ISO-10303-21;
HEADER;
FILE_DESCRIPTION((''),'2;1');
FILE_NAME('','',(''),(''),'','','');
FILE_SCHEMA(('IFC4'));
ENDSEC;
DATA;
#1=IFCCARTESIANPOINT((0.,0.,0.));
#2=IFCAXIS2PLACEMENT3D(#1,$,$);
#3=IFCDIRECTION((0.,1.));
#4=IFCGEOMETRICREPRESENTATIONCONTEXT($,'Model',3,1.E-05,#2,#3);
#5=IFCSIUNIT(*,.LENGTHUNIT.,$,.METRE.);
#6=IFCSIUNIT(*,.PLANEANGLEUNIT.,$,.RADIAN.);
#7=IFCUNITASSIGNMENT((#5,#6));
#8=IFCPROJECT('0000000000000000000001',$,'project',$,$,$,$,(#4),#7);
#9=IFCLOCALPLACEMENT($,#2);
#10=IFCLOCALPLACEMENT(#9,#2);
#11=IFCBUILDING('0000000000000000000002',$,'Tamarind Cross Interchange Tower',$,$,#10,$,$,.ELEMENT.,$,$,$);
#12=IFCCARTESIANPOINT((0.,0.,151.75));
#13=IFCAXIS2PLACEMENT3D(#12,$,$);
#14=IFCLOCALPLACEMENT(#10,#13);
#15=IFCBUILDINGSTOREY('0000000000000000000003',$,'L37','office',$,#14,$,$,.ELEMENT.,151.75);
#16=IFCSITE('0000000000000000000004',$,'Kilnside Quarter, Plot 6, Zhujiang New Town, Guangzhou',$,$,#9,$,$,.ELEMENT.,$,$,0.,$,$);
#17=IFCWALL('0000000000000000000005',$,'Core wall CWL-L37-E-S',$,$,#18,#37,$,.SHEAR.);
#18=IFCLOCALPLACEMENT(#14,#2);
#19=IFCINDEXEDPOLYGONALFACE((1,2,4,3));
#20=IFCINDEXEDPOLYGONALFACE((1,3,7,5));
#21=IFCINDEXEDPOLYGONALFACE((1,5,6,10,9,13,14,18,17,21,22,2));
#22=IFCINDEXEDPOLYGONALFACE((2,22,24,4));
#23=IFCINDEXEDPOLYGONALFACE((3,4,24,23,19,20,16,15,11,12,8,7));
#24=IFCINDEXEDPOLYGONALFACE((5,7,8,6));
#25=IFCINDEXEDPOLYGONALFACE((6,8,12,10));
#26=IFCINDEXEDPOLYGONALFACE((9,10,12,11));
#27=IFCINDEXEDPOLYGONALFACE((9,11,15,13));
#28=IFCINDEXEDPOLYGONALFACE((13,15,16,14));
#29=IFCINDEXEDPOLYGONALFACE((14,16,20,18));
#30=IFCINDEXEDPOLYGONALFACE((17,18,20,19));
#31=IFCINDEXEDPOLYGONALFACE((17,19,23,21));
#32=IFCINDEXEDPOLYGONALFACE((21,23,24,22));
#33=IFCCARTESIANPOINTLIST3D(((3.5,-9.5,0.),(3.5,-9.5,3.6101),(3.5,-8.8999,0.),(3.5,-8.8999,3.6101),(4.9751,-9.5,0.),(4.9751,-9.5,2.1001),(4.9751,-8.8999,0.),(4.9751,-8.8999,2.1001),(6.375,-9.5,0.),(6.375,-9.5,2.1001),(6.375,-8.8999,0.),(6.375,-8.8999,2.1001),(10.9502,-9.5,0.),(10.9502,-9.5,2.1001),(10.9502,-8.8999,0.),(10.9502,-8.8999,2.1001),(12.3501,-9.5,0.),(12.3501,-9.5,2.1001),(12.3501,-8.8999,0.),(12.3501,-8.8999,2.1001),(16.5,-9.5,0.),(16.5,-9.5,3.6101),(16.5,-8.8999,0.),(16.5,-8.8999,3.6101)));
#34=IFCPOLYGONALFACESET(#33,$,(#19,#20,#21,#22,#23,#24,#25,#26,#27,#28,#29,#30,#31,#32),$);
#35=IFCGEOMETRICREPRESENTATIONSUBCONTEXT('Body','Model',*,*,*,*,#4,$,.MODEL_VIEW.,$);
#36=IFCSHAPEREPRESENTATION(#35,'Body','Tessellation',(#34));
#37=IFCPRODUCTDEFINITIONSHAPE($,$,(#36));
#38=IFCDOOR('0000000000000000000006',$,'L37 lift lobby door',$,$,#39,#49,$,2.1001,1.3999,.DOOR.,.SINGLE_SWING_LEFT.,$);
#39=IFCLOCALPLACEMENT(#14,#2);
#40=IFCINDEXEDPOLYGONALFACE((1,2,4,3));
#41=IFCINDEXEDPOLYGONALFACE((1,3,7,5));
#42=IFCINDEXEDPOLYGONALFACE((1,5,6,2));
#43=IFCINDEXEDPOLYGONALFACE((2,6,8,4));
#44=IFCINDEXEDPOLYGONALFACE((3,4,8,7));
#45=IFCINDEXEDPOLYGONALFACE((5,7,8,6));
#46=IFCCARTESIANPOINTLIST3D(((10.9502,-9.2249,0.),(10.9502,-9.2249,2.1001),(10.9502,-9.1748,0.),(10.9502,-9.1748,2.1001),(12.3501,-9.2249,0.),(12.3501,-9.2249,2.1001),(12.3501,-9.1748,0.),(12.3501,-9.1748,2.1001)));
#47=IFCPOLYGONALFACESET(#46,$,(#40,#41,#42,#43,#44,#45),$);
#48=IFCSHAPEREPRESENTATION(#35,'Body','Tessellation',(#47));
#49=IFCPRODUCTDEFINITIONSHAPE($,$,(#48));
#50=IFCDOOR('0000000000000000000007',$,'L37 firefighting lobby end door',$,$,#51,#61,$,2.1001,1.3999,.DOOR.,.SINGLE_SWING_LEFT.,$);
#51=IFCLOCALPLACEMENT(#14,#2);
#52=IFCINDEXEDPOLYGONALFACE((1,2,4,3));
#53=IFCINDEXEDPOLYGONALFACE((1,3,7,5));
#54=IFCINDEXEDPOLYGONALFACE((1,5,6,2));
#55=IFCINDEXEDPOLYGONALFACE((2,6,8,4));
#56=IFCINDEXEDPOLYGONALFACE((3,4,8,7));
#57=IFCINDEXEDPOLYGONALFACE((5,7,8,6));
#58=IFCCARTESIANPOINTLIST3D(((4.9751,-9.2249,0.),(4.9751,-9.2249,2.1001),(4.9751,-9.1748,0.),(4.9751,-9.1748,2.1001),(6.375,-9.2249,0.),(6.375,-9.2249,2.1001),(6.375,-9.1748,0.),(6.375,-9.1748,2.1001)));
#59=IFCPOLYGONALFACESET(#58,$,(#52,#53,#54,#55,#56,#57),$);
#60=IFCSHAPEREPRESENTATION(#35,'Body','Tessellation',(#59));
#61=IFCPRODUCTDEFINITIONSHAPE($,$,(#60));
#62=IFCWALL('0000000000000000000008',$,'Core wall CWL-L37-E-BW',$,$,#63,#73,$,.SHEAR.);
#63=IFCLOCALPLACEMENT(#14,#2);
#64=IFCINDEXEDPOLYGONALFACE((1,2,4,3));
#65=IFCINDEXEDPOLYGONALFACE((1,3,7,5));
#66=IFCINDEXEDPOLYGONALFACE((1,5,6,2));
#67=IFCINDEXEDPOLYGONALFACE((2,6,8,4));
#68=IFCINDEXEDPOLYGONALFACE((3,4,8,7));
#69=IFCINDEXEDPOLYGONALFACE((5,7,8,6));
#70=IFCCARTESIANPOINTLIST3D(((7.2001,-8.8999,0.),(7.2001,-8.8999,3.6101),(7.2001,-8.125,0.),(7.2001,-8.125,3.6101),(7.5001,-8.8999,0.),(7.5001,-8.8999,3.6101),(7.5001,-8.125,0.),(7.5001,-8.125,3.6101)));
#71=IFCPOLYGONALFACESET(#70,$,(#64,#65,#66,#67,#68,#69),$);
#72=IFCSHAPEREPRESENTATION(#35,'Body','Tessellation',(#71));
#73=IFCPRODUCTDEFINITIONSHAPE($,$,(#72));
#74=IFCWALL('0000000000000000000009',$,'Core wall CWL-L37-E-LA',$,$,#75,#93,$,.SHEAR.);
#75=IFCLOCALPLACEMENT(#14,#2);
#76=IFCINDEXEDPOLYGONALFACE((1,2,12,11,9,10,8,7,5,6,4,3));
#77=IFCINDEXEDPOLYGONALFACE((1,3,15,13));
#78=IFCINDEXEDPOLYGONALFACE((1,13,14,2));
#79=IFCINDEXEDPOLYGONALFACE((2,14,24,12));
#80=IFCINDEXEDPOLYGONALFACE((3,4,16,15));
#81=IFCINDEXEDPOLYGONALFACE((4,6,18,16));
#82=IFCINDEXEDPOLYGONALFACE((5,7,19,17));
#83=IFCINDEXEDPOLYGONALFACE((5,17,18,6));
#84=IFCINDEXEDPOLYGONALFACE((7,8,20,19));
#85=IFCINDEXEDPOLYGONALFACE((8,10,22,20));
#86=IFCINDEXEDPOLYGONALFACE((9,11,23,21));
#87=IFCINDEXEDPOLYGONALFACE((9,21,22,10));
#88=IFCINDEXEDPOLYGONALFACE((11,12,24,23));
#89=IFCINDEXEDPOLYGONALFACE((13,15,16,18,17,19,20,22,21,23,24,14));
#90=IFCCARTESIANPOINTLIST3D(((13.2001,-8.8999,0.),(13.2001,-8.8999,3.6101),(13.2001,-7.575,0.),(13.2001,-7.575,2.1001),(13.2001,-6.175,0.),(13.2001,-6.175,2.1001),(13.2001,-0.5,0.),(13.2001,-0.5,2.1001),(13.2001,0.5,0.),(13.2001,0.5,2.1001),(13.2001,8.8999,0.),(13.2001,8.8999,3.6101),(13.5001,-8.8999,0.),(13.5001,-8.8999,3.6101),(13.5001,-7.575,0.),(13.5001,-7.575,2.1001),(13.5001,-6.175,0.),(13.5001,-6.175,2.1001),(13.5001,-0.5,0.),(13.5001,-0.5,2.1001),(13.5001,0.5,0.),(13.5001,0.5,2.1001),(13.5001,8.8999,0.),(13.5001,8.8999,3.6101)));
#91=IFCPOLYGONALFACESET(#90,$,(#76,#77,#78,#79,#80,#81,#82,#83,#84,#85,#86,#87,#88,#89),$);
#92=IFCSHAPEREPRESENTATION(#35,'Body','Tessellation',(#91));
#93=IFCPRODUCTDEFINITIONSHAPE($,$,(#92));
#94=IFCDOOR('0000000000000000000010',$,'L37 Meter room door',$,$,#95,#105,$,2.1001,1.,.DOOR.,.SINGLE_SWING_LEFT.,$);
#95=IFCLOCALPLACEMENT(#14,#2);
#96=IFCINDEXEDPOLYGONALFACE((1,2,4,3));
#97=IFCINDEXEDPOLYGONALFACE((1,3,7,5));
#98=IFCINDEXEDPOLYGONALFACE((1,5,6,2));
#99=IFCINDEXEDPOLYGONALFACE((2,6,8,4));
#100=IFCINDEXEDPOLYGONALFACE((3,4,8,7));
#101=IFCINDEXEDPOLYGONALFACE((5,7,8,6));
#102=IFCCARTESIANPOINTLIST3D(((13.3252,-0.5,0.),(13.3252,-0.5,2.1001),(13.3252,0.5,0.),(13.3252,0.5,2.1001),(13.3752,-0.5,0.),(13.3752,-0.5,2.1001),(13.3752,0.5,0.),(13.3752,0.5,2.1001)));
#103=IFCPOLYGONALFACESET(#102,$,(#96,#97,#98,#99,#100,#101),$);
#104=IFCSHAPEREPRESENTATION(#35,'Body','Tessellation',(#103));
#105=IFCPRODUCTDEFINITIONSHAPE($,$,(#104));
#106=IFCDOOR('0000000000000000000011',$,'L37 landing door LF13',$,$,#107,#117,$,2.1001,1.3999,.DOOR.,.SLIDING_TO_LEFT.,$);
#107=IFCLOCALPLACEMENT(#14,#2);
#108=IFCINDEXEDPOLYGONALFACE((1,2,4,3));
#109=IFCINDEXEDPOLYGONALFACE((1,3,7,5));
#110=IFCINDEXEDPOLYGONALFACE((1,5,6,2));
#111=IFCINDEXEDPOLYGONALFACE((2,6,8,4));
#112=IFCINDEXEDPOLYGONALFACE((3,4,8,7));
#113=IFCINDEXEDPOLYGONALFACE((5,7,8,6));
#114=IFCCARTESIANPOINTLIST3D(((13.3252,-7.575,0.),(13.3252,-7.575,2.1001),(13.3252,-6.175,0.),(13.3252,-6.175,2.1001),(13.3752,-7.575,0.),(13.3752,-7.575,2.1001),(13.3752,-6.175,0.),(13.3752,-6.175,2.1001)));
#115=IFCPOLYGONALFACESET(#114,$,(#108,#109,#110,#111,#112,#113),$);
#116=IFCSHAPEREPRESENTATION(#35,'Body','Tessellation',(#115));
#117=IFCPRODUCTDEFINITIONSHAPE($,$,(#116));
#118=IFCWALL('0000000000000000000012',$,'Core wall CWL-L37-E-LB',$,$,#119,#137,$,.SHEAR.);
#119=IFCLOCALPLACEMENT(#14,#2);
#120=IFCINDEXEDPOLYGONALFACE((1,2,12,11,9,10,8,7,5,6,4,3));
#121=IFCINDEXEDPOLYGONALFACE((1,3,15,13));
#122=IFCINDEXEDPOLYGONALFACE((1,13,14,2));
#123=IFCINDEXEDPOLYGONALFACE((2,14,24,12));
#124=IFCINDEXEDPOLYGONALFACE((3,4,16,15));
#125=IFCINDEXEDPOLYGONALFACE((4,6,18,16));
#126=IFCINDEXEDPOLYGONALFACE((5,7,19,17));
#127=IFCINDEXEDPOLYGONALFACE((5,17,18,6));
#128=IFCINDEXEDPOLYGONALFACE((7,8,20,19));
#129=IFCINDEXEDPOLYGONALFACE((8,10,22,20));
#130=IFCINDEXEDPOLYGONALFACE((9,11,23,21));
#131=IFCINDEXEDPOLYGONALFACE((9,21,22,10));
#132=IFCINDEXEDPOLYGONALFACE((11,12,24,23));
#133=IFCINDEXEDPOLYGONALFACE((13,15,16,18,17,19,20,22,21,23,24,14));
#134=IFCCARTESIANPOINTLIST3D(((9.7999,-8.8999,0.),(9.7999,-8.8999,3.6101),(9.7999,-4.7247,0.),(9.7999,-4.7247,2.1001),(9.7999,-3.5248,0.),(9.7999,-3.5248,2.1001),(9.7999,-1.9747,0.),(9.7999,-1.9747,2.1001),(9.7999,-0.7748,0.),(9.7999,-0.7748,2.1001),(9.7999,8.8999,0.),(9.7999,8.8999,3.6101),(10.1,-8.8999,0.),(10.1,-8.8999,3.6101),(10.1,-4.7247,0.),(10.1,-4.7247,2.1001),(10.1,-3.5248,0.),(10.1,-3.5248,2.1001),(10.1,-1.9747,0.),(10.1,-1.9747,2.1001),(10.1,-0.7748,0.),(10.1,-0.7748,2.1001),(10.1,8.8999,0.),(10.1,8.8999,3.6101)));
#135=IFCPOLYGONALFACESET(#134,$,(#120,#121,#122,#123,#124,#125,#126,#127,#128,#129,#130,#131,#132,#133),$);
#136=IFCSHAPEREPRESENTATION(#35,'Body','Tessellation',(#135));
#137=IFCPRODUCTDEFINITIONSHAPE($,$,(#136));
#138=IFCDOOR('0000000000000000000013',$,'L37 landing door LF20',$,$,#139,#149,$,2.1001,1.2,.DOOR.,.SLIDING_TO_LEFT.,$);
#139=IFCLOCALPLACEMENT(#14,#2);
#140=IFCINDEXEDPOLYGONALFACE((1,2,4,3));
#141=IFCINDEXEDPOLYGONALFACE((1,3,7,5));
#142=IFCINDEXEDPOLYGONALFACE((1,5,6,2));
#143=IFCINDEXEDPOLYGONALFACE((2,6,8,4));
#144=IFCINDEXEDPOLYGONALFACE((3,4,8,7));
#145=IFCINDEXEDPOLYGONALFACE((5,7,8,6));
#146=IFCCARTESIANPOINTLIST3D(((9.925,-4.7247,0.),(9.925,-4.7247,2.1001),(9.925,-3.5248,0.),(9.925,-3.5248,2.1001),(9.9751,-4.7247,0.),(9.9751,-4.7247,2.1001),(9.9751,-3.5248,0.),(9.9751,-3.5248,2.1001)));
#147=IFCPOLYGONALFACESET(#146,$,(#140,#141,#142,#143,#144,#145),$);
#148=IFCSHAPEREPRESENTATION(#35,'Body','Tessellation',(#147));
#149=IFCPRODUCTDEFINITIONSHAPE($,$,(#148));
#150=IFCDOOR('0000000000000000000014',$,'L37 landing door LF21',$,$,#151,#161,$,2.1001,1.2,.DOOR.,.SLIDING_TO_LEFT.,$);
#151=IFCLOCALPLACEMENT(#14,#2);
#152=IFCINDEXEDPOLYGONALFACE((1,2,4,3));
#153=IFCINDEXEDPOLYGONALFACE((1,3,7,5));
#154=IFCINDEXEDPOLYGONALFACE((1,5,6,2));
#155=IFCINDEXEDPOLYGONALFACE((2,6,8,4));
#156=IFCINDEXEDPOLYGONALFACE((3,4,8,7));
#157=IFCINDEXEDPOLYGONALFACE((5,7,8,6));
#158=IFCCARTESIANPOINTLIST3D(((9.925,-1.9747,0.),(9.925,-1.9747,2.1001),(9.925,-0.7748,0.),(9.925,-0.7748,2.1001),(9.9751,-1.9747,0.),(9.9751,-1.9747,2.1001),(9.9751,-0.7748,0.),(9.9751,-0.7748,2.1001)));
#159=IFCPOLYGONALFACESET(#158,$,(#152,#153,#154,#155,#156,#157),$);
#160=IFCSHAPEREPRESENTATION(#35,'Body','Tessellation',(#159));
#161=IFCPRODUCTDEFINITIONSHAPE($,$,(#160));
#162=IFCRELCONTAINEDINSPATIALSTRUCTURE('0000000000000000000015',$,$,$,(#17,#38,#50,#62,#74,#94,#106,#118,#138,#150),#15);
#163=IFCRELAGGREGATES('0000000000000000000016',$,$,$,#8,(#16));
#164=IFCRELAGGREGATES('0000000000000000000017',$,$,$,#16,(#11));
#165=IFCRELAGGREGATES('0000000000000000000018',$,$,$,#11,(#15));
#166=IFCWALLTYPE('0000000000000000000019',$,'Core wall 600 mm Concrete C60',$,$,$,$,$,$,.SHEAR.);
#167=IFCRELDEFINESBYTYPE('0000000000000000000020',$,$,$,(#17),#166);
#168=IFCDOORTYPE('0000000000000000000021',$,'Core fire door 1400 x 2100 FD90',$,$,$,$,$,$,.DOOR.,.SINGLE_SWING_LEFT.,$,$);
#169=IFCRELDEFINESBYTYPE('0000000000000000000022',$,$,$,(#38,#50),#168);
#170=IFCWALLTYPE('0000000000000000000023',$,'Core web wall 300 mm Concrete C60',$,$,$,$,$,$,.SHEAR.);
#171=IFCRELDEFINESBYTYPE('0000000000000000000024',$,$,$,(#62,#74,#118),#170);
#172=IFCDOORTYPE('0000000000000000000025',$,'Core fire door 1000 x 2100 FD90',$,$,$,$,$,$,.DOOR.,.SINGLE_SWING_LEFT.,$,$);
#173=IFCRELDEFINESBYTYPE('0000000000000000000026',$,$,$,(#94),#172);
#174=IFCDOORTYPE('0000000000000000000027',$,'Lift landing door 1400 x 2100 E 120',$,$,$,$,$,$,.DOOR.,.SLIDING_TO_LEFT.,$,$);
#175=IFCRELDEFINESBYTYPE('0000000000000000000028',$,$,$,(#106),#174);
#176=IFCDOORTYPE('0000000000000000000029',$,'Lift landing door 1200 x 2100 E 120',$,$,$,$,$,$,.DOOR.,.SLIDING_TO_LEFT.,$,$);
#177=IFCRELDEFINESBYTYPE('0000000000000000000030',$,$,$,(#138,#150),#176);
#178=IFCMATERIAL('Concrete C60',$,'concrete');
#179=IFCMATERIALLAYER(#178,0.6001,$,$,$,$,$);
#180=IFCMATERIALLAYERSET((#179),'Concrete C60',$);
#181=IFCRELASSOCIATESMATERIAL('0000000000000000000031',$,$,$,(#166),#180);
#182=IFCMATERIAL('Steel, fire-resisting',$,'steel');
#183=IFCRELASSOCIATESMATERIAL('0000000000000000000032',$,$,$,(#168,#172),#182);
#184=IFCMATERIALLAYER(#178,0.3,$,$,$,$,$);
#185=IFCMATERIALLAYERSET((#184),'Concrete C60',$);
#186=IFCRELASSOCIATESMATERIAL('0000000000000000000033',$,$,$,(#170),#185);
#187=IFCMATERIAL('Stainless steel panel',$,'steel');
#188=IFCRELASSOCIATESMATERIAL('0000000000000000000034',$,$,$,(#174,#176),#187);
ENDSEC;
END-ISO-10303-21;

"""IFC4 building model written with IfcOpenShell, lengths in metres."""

from ifc_helpers import new_model, si_unit, direction, frame, frame_2d, origin, place, context, subcontext, project, spatial, rectangle, extrude, material, layer, layer_set, type_object, element, fill, save


model = new_model("IFC4")

# Units and contexts
model_context = context("Model", 3, precision=1e-05, world=origin(), true_north=direction((0.0, 1.0)))
body_context = subcontext(model_context, "Body", "Model", "MODEL_VIEW")
ifc_project = project(units=[si_unit("LENGTHUNIT", "METRE"), si_unit("PLANEANGLEUNIT", "RADIAN")], contexts=[model_context])

# Site, building, storey
site_placement = place(None, origin())
site = spatial("IfcSite", under=ifc_project, at=site_placement, Name="Kilnside Quarter, Plot 6, Zhujiang New Town, Guangzhou", CompositionType="ELEMENT", RefElevation=0.0)
building_placement = place(site_placement, origin())
building = spatial("IfcBuilding", under=site, at=building_placement, Name="Tamarind Cross Interchange Tower", CompositionType="ELEMENT")
storey_placement = place(building_placement, frame((0.0, 0.0, 151.75)))
storey = spatial("IfcBuildingStorey", under=building, at=storey_placement, Name="L37", Description="office", CompositionType="ELEMENT", Elevation=151.75)

# Wall, openings, doors
ifc_material_1 = material(Name="Concrete C60", Category="concrete")
ifc_layer_1 = layer(ifc_material_1, 0.6001)
ifc_layer_set_1 = layer_set([ifc_layer_1], Name="Concrete C60")
wall_type_1 = type_object("IfcWallType", Name="Core wall 600 mm Concrete C60", PredefinedType="SHEAR", material=ifc_layer_set_1)
wall_1_placement = place(storey_placement, frame((16.5, -9.2, 0.0), z_axis=(0.0, 0.0, 1.0), x_axis=(-1.0, 0.0, 0.0)))
wall_1 = element("IfcWall", 1, at=wall_1_placement, inside=storey, type_object=wall_type_1, Name="Core wall CWL-L37-E-S", PredefinedType="SHEAR", context=body_context, shape_type="SweptSolid", body=[
    extrude(rectangle(XDim=13.0, YDim=0.6001, at=frame_2d((6.5, 0.0))), origin(), (0.0, 0.0, 1.0), 3.6101),
])
opening_1_placement = place(wall_1_placement, frame((4.1499, 0.0, 0.0)))
opening_1 = element("IfcOpeningElement", 2, at=opening_1_placement, cuts=wall_1, PredefinedType="OPENING", context=body_context, shape_type="SweptSolid", body=[
    extrude(rectangle(XDim=1.3999, YDim=2.1001, at=frame_2d((0.7, 1.05))), frame((0.0, 0.3101, 0.0), z_axis=(0.0, -1.0, 0.0), x_axis=(1.0, 0.0, 0.0)), (0.0, 0.0, 1.0), 0.6201),
])
opening_2_placement = place(wall_1_placement, frame((10.125, 0.0, 0.0)))
opening_2 = element("IfcOpeningElement", 3, at=opening_2_placement, cuts=wall_1, PredefinedType="OPENING", context=body_context, shape_type="SweptSolid", body=[
    extrude(rectangle(XDim=1.3999, YDim=2.1001, at=frame_2d((0.7, 1.05))), frame((0.0, 0.3101, 0.0), z_axis=(0.0, -1.0, 0.0), x_axis=(1.0, 0.0, 0.0)), (0.0, 0.0, 1.0), 0.6201),
])
ifc_material_2 = material(Name="Steel, fire-resisting", Category="steel")
door_type_1 = type_object("IfcDoorType", Name="Core fire door 1400 x 2100 FD90", OperationType="SINGLE_SWING_LEFT", PredefinedType="DOOR", material=ifc_material_2)
door_1_placement = place(opening_1_placement, origin())
door_1 = element("IfcDoor", 4, at=door_1_placement, inside=storey, type_object=door_type_1, Name="L37 lift lobby door", OperationType="SINGLE_SWING_LEFT", OverallHeight=2.1001, OverallWidth=1.3999, PredefinedType="DOOR", context=body_context, shape_type="SweptSolid", body=[
    extrude(rectangle(XDim=1.3999, YDim=2.1001, at=frame_2d((0.7, 1.05))), frame((0.0, 0.0249, 0.0), z_axis=(0.0, -1.0, 0.0), x_axis=(1.0, 0.0, 0.0)), (0.0, 0.0, 1.0), 0.05),
])
fill(opening_1, door_1)
door_2_placement = place(opening_2_placement, origin())
door_2 = element("IfcDoor", 5, at=door_2_placement, inside=storey, type_object=door_type_1, Name="L37 firefighting lobby end door", OperationType="SINGLE_SWING_LEFT", OverallHeight=2.1001, OverallWidth=1.3999, PredefinedType="DOOR", context=body_context, shape_type="SweptSolid", body=[
    extrude(rectangle(XDim=1.3999, YDim=2.1001, at=frame_2d((0.7, 1.05))), frame((0.0, 0.0249, 0.0), z_axis=(0.0, -1.0, 0.0), x_axis=(1.0, 0.0, 0.0)), (0.0, 0.0, 1.0), 0.05),
])
fill(opening_2, door_2)

# Wall
ifc_layer_2 = layer(ifc_material_1, 0.3)
ifc_layer_set_2 = layer_set([ifc_layer_2], Name="Concrete C60")
wall_type_2 = type_object("IfcWallType", Name="Core web wall 300 mm Concrete C60", PredefinedType="SHEAR", material=ifc_layer_set_2)
wall_2_placement = place(storey_placement, frame((7.3501, -8.8999, 0.0), z_axis=(0.0, 0.0, 1.0), x_axis=(0.0, 1.0, 0.0)))
element("IfcWall", 6, at=wall_2_placement, inside=storey, type_object=wall_type_2, Name="Core wall CWL-L37-E-BW", PredefinedType="SHEAR", context=body_context, shape_type="SweptSolid", body=[
    extrude(rectangle(XDim=0.7749, YDim=0.3, at=frame_2d((0.3875, 0.0))), origin(), (0.0, 0.0, 1.0), 3.6101),
])

# Walls, openings, doors
wall_3_placement = place(storey_placement, frame((13.3501, -8.8999, 0.0), z_axis=(0.0, 0.0, 1.0), x_axis=(0.0, 1.0, 0.0)))
wall_3 = element("IfcWall", 7, at=wall_3_placement, inside=storey, type_object=wall_type_2, Name="Core wall CWL-L37-E-LA", PredefinedType="SHEAR", context=body_context, shape_type="SweptSolid", body=[
    extrude(rectangle(XDim=17.7998, YDim=0.3, at=frame_2d((8.8999, 0.0))), origin(), (0.0, 0.0, 1.0), 3.6101),
])
opening_3_placement = place(wall_3_placement, frame((1.325, 0.0, 0.0)))
opening_3 = element("IfcOpeningElement", 8, at=opening_3_placement, cuts=wall_3, PredefinedType="OPENING", context=body_context, shape_type="SweptSolid", body=[
    extrude(rectangle(XDim=1.3999, YDim=2.1001, at=frame_2d((0.7, 1.05))), frame((0.0, 0.1599, 0.0), z_axis=(0.0, -1.0, 0.0), x_axis=(1.0, 0.0, 0.0)), (0.0, 0.0, 1.0), 0.3201),
])
opening_4_placement = place(wall_3_placement, frame((8.3999, 0.0, 0.0)))
opening_4 = element("IfcOpeningElement", 9, at=opening_4_placement, cuts=wall_3, PredefinedType="OPENING", context=body_context, shape_type="SweptSolid", body=[
    extrude(rectangle(XDim=1.0, YDim=2.1001, at=frame_2d((0.5, 1.05))), frame((0.0, 0.1599, 0.0), z_axis=(0.0, -1.0, 0.0), x_axis=(1.0, 0.0, 0.0)), (0.0, 0.0, 1.0), 0.3201),
])
door_type_2 = type_object("IfcDoorType", Name="Core fire door 1000 x 2100 FD90", OperationType="SINGLE_SWING_LEFT", PredefinedType="DOOR", material=ifc_material_2)
door_3_placement = place(opening_4_placement, origin())
door_3 = element("IfcDoor", 10, at=door_3_placement, inside=storey, type_object=door_type_2, Name="L37 Meter room door", OperationType="SINGLE_SWING_LEFT", OverallHeight=2.1001, OverallWidth=1.0, PredefinedType="DOOR", context=body_context, shape_type="SweptSolid", body=[
    extrude(rectangle(XDim=1.0, YDim=2.1001, at=frame_2d((0.5, 1.05))), frame((0.0, 0.0249, 0.0), z_axis=(0.0, -1.0, 0.0), x_axis=(1.0, 0.0, 0.0)), (0.0, 0.0, 1.0), 0.05),
])
fill(opening_4, door_3)
ifc_material_3 = material(Name="Stainless steel panel", Category="steel")
door_type_3 = type_object("IfcDoorType", Name="Lift landing door 1400 x 2100 E 120", OperationType="SLIDING_TO_LEFT", PredefinedType="DOOR", material=ifc_material_3)
door_4_placement = place(opening_3_placement, origin())
door_4 = element("IfcDoor", 11, at=door_4_placement, inside=storey, type_object=door_type_3, Name="L37 landing door LF13", OperationType="SLIDING_TO_LEFT", OverallHeight=2.1001, OverallWidth=1.3999, PredefinedType="DOOR", context=body_context, shape_type="SweptSolid", body=[
    extrude(rectangle(XDim=1.3999, YDim=2.1001, at=frame_2d((0.7, 1.05))), frame((0.0, 0.0249, 0.0), z_axis=(0.0, -1.0, 0.0), x_axis=(1.0, 0.0, 0.0)), (0.0, 0.0, 1.0), 0.05),
])
fill(opening_3, door_4)
wall_4_placement = place(storey_placement, frame((9.95, -8.8999, 0.0), z_axis=(0.0, 0.0, 1.0), x_axis=(0.0, 1.0, 0.0)))
wall_4 = element("IfcWall", 12, at=wall_4_placement, inside=storey, type_object=wall_type_2, Name="Core wall CWL-L37-E-LB", PredefinedType="SHEAR", context=body_context, shape_type="SweptSolid", body=[
    extrude(rectangle(XDim=17.7998, YDim=0.3, at=frame_2d((8.8999, 0.0))), origin(), (0.0, 0.0, 1.0), 3.6101),
])
opening_5_placement = place(wall_4_placement, frame((4.175, 0.0, 0.0)))
opening_5 = element("IfcOpeningElement", 13, at=opening_5_placement, cuts=wall_4, PredefinedType="OPENING", context=body_context, shape_type="SweptSolid", body=[
    extrude(rectangle(XDim=1.2, YDim=2.1001, at=frame_2d((0.6001, 1.05))), frame((0.0, 0.1599, 0.0), z_axis=(0.0, -1.0, 0.0), x_axis=(1.0, 0.0, 0.0)), (0.0, 0.0, 1.0), 0.3201),
])
opening_6_placement = place(wall_4_placement, frame((6.925, 0.0, 0.0)))
opening_6 = element("IfcOpeningElement", 14, at=opening_6_placement, cuts=wall_4, PredefinedType="OPENING", context=body_context, shape_type="SweptSolid", body=[
    extrude(rectangle(XDim=1.2, YDim=2.1001, at=frame_2d((0.6001, 1.05))), frame((0.0, 0.1599, 0.0), z_axis=(0.0, -1.0, 0.0), x_axis=(1.0, 0.0, 0.0)), (0.0, 0.0, 1.0), 0.3201),
])
door_type_4 = type_object("IfcDoorType", Name="Lift landing door 1200 x 2100 E 120", OperationType="SLIDING_TO_LEFT", PredefinedType="DOOR", material=ifc_material_3)
door_5_placement = place(opening_5_placement, origin())
door_5 = element("IfcDoor", 15, at=door_5_placement, inside=storey, type_object=door_type_4, Name="L37 landing door LF20", OperationType="SLIDING_TO_LEFT", OverallHeight=2.1001, OverallWidth=1.2, PredefinedType="DOOR", context=body_context, shape_type="SweptSolid", body=[
    extrude(rectangle(XDim=1.2, YDim=2.1001, at=frame_2d((0.6001, 1.05))), frame((0.0, 0.0249, 0.0), z_axis=(0.0, -1.0, 0.0), x_axis=(1.0, 0.0, 0.0)), (0.0, 0.0, 1.0), 0.05),
])
fill(opening_5, door_5)
door_6_placement = place(opening_6_placement, origin())
door_6 = element("IfcDoor", 16, at=door_6_placement, inside=storey, type_object=door_type_4, Name="L37 landing door LF21", OperationType="SLIDING_TO_LEFT", OverallHeight=2.1001, OverallWidth=1.2, PredefinedType="DOOR", context=body_context, shape_type="SweptSolid", body=[
    extrude(rectangle(XDim=1.2, YDim=2.1001, at=frame_2d((0.6001, 1.05))), frame((0.0, 0.0249, 0.0), z_axis=(0.0, -1.0, 0.0), x_axis=(1.0, 0.0, 0.0)), (0.0, 0.0, 1.0), 0.05),
])
fill(opening_6, door_6)

save(model, "model.ifc")
